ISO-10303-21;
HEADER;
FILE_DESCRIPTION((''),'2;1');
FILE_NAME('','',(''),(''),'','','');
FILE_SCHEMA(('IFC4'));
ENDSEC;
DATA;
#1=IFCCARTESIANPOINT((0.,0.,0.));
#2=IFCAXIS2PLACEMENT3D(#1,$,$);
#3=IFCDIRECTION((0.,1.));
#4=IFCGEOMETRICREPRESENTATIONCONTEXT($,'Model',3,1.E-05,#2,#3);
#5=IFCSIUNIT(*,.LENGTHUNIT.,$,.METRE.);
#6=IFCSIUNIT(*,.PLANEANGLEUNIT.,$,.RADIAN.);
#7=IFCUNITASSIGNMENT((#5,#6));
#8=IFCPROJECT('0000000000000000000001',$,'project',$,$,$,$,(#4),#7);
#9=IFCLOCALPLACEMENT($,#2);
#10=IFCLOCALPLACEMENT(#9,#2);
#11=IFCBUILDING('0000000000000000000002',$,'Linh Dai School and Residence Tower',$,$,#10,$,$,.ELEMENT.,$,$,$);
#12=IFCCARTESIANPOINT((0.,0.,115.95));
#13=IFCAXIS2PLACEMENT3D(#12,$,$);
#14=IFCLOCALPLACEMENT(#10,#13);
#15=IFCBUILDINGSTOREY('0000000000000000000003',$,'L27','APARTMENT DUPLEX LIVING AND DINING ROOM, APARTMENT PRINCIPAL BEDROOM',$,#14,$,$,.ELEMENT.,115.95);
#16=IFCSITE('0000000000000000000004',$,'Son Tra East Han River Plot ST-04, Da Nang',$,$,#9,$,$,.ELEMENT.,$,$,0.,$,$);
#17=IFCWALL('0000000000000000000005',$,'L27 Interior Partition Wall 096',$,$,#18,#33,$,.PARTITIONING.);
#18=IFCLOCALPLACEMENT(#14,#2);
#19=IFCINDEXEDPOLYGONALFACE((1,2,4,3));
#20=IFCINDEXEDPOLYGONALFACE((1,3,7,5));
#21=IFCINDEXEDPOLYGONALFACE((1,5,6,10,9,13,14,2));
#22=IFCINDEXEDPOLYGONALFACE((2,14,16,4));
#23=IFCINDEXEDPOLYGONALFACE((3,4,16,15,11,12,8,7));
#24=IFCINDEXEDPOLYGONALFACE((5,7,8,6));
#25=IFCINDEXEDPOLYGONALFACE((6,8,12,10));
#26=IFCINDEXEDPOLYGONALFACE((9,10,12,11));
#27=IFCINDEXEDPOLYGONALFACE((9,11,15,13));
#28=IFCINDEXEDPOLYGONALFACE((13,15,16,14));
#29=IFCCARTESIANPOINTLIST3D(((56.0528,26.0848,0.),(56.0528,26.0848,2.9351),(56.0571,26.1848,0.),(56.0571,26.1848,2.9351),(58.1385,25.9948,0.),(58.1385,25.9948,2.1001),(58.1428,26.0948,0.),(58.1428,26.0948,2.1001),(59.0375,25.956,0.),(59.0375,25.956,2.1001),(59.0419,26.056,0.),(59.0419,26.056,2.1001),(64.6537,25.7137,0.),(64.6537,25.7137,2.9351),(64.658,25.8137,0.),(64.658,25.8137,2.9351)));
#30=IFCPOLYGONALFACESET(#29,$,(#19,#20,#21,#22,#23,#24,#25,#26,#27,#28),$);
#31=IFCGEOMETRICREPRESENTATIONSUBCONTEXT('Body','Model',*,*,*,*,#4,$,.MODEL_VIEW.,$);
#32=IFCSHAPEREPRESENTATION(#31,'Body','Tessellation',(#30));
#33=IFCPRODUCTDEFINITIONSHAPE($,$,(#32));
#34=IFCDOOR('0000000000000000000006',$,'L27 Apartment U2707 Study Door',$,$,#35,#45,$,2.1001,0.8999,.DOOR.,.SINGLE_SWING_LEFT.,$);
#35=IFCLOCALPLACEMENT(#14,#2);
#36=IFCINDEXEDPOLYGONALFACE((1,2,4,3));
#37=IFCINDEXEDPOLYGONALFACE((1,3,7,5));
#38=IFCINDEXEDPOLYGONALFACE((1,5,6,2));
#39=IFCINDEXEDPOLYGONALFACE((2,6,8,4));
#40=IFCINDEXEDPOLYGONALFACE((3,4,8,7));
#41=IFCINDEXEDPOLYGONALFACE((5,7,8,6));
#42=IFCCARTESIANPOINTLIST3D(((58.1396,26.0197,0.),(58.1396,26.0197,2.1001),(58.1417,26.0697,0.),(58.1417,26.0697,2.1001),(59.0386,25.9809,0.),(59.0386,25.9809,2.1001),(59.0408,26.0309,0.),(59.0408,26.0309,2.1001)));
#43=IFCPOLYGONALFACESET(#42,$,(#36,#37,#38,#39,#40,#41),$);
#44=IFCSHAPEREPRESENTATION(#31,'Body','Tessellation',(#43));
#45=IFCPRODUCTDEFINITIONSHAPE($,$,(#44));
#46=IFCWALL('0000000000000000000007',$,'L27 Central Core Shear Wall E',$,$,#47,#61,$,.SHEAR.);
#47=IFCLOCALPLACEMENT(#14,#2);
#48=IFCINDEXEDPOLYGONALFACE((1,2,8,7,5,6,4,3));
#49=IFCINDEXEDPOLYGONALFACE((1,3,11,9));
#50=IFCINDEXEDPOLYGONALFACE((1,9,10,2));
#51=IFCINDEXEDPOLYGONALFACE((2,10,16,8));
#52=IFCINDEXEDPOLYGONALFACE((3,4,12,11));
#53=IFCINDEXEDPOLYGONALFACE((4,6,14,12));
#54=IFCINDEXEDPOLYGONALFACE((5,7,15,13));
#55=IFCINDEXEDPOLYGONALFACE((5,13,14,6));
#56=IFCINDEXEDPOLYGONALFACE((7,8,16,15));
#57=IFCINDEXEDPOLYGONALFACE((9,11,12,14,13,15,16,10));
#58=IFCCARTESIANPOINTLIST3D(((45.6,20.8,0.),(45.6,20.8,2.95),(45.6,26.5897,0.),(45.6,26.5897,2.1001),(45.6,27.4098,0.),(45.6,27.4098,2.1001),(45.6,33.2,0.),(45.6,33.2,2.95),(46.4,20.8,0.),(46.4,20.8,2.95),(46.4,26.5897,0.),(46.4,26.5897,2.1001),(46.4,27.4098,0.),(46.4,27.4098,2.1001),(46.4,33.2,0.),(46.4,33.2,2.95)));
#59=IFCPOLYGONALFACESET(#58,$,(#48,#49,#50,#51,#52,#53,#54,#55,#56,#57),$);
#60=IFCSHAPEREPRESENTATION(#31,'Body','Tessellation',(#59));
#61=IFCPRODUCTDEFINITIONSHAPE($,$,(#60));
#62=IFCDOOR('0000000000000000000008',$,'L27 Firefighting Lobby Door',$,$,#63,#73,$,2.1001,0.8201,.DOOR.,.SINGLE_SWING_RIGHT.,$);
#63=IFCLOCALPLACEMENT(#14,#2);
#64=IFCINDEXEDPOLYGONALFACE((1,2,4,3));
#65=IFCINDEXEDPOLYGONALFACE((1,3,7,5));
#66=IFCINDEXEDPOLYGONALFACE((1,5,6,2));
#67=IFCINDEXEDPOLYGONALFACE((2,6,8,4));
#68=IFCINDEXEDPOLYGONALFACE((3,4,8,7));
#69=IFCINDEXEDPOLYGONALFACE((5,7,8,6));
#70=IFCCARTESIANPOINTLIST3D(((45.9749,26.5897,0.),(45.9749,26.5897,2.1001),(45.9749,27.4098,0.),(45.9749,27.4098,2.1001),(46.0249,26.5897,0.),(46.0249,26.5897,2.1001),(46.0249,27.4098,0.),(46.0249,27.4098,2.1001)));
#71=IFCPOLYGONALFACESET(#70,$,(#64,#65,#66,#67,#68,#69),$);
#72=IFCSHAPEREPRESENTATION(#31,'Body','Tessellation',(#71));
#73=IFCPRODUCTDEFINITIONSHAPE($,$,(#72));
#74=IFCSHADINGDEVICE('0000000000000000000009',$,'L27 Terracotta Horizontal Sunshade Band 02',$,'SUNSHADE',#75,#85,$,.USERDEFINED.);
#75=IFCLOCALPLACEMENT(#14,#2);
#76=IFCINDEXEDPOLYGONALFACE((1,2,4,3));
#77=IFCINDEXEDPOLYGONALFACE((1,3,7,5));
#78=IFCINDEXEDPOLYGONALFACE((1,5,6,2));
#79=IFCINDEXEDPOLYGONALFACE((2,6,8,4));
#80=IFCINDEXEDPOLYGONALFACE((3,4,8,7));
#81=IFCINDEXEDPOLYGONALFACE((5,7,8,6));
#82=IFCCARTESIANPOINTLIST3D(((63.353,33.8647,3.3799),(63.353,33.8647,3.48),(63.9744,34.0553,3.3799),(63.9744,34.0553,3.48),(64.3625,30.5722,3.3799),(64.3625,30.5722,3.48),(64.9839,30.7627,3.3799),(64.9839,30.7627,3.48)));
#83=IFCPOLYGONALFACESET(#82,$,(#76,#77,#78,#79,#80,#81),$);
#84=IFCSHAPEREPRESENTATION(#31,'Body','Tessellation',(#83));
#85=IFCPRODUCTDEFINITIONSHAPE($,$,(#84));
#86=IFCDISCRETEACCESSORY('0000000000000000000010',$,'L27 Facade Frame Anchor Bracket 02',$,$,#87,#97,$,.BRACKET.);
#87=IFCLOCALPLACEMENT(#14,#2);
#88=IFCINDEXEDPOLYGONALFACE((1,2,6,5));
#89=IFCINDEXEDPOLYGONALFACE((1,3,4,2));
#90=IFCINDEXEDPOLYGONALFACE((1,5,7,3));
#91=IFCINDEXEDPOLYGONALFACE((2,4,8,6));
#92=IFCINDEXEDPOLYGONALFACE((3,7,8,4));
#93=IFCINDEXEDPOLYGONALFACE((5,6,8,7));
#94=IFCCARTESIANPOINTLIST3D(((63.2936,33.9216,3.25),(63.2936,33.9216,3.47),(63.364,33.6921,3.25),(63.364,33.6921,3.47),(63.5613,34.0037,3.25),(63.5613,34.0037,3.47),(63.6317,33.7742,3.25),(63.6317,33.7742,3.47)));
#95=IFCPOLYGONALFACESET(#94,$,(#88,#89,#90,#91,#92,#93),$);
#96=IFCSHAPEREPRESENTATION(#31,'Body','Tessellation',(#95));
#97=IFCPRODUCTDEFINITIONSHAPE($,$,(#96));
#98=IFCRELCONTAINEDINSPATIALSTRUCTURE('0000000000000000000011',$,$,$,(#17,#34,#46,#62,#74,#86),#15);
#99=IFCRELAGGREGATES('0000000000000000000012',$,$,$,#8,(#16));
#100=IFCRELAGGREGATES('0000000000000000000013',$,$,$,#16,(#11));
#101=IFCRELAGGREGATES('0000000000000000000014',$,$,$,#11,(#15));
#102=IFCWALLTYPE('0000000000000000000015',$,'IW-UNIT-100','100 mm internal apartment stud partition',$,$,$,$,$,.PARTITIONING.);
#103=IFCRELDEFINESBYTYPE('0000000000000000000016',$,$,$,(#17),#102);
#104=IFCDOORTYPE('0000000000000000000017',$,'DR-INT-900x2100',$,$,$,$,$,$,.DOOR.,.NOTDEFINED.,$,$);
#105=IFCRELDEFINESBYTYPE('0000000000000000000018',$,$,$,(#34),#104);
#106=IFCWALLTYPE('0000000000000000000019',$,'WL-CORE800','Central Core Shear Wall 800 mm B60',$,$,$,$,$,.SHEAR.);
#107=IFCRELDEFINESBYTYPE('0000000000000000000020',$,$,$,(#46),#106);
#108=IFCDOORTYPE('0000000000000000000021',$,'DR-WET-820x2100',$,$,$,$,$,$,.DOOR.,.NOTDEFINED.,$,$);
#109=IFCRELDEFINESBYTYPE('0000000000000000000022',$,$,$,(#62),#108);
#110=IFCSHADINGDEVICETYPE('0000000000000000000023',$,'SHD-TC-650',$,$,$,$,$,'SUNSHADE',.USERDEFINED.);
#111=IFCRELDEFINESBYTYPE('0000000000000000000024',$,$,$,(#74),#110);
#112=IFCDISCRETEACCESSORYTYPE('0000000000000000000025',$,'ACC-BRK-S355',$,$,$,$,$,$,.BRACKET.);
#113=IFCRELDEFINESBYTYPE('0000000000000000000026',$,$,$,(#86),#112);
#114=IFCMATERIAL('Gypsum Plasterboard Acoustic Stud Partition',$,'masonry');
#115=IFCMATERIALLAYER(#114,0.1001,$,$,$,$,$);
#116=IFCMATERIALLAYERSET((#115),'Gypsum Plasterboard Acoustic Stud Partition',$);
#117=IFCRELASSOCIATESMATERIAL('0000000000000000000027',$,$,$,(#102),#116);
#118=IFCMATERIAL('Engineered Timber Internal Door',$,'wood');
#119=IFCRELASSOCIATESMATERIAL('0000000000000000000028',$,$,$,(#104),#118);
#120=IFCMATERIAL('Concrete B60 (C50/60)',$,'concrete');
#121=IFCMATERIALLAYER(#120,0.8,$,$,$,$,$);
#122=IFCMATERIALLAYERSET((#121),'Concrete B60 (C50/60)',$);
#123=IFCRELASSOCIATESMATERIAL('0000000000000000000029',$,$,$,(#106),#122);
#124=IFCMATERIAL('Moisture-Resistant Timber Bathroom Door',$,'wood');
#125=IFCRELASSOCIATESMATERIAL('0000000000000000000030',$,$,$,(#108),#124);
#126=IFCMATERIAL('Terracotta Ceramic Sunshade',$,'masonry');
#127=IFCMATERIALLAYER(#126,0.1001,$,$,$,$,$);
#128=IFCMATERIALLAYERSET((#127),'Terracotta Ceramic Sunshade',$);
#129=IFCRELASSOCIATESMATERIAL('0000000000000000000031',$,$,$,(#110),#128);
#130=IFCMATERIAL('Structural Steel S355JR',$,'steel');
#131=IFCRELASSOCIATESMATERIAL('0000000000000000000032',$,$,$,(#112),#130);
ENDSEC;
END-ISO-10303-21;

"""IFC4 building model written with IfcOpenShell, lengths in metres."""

from ifc_helpers import new_model, si_unit, direction, frame, frame_2d, origin, origin_2d, place, context, subcontext, project, spatial, rectangle, extrude, source, transform, mapped, material, layer, layer_set, type_object, element, fill, save


model = new_model("IFC4")

# Units and contexts
model_context = context("Model", 3, precision=1e-05, world=origin(), true_north=direction((0.0, 1.0)))
body_context = subcontext(model_context, "Body", "Model", "MODEL_VIEW")
ifc_project = project(units=[si_unit("LENGTHUNIT", "METRE"), si_unit("PLANEANGLEUNIT", "RADIAN")], contexts=[model_context])

# Site, building, storey
site_placement = place(None, origin())
site = spatial("IfcSite", under=ifc_project, at=site_placement, Name="Son Tra East Han River Plot ST-04, Da Nang", CompositionType="ELEMENT", RefElevation=0.0)
building_placement = place(site_placement, origin())
building = spatial("IfcBuilding", under=site, at=building_placement, Name="Linh Dai School and Residence Tower", CompositionType="ELEMENT")
storey_placement = place(building_placement, frame((0.0, 0.0, 115.95)))
storey = spatial("IfcBuildingStorey", under=building, at=storey_placement, Name="L27", Description="APARTMENT DUPLEX LIVING AND DINING ROOM, APARTMENT PRINCIPAL BEDROOM", CompositionType="ELEMENT", Elevation=115.95)

# Shared definitions
ifc_material_1 = material(Name="Concrete B60 (C50/60)", Category="concrete")
ifc_material_2 = material(Name="Structural Steel S355JR", Category="steel")

# Walls, openings, doors
ifc_material_3 = material(Name="Gypsum Plasterboard Acoustic Stud Partition", Category="masonry")
ifc_layer_1 = layer(ifc_material_3, 0.1001)
ifc_layer_set_1 = layer_set([ifc_layer_1], Name="Gypsum Plasterboard Acoustic Stud Partition")
wall_type_1 = type_object("IfcWallType", Name="IW-UNIT-100", Description="100 mm internal apartment stud partition", PredefinedType="PARTITIONING", material=ifc_layer_set_1)
ifc_material_4 = material(Name="Engineered Timber Internal Door", Category="wood")
door_type_1 = type_object("IfcDoorType", Name="DR-INT-900x2100", OperationType="NOTDEFINED", PredefinedType="DOOR", material=ifc_material_4)
shared_shape_1 = source(origin(), body_context, "Body", "SweptSolid", [
    extrude(rectangle(XDim=0.8999, YDim=2.1001, at=origin_2d()), frame((0.45, 0.0249, 1.05), z_axis=(0.0, -1.0, 0.0), x_axis=(1.0, 0.0, 0.0)), (0.0, 0.0, 1.0), 0.05),
])
wall_1_placement = place(storey_placement, frame((56.0549, 26.1348, 0.0), z_axis=(0.0, 0.0, 1.0), x_axis=(0.99907, -0.043106, 0.0)))
wall_1 = element("IfcWall", 1, at=wall_1_placement, inside=storey, type_object=wall_type_1, Name="L27 Interior Partition Wall 096", PredefinedType="PARTITIONING", context=body_context, shape_type="SweptSolid", body=[
    extrude(rectangle(XDim=8.6089, YDim=0.1001, at=frame_2d((4.3044, 0.0))), origin(), (0.0, 0.0, 1.0), 2.9351),
])
opening_1_placement = place(wall_1_placement, frame((2.0876, 0.0, 0.0)))
opening_1 = element("IfcOpeningElement", 2, at=opening_1_placement, cuts=wall_1, PredefinedType="OPENING", context=body_context, shape_type="SweptSolid", body=[
    extrude(rectangle(XDim=0.8999, YDim=2.1001, at=origin_2d()), frame((0.45, 0.0601, 1.05), z_axis=(0.0, -1.0, 0.0), x_axis=(1.0, 0.0, 0.0)), (0.0, 0.0, 1.0), 0.1201),
])
door_1_placement = place(opening_1_placement, origin())
door_1 = element("IfcDoor", 3, at=door_1_placement, inside=storey, type_object=door_type_1, Name="L27 Apartment U2707 Study Door", OperationType="SINGLE_SWING_LEFT", OverallHeight=2.1001, OverallWidth=0.8999, PredefinedType="DOOR", context=body_context, shape_type="MappedRepresentation", body=[
    mapped(shared_shape_1, transform((0.0, 0.0, 0.0), x_axis=(1.0, 0.0, 0.0), y_axis=(0.0, 1.0, 0.0), z_axis=(0.0, 0.0, 1.0), scale=1.0)),
])
fill(opening_1, door_1)
ifc_layer_2 = layer(ifc_material_1, 0.8)
ifc_layer_set_2 = layer_set([ifc_layer_2], Name="Concrete B60 (C50/60)")
wall_type_2 = type_object("IfcWallType", Name="WL-CORE800", Description="Central Core Shear Wall 800 mm B60", PredefinedType="SHEAR", material=ifc_layer_set_2)
wall_2_placement = place(storey_placement, frame((46.0, 33.2, 0.0), z_axis=(0.0, 0.0, 1.0), x_axis=(0.0, -1.0, 0.0)))
wall_2 = element("IfcWall", 4, at=wall_2_placement, inside=storey, type_object=wall_type_2, Name="L27 Central Core Shear Wall E", PredefinedType="SHEAR", context=body_context, shape_type="SweptSolid", body=[
    extrude(rectangle(XDim=12.3999, YDim=0.8, at=frame_2d((6.2, 0.0))), origin(), (0.0, 0.0, 1.0), 2.95),
])
opening_2_placement = place(wall_2_placement, frame((5.79, 0.0, 0.0)))
opening_2 = element("IfcOpeningElement", 5, at=opening_2_placement, cuts=wall_2, PredefinedType="OPENING", context=body_context, shape_type="SweptSolid", body=[
    extrude(rectangle(XDim=0.8201, YDim=2.1001, at=origin_2d()), frame((0.4102, 0.4102, 1.05), z_axis=(0.0, -1.0, 0.0), x_axis=(1.0, 0.0, 0.0)), (0.0, 0.0, 1.0), 0.8201),
])
ifc_material_5 = material(Name="Moisture-Resistant Timber Bathroom Door", Category="wood")
door_type_2 = type_object("IfcDoorType", Name="DR-WET-820x2100", OperationType="NOTDEFINED", PredefinedType="DOOR", material=ifc_material_5)
shared_shape_2 = source(origin(), body_context, "Body", "SweptSolid", [
    extrude(rectangle(XDim=0.8201, YDim=2.1001, at=origin_2d()), frame((0.4102, 0.0249, 1.05), z_axis=(0.0, -1.0, 0.0), x_axis=(1.0, 0.0, 0.0)), (0.0, 0.0, 1.0), 0.05),
])
door_2_placement = place(opening_2_placement, origin())
door_2 = element("IfcDoor", 6, at=door_2_placement, inside=storey, type_object=door_type_2, Name="L27 Firefighting Lobby Door", OperationType="SINGLE_SWING_RIGHT", OverallHeight=2.1001, OverallWidth=0.8201, PredefinedType="DOOR", context=body_context, shape_type="MappedRepresentation", body=[
    mapped(shared_shape_2, transform((0.0, 0.0, 0.0), x_axis=(1.0, 0.0, 0.0), y_axis=(0.0, 1.0, 0.0), z_axis=(0.0, 0.0, 1.0), scale=1.0)),
])
fill(opening_2, door_2)

# Shading device
ifc_material_6 = material(Name="Terracotta Ceramic Sunshade", Category="masonry")
ifc_layer_3 = layer(ifc_material_6, 0.1001)
ifc_layer_set_3 = layer_set([ifc_layer_3], Name="Terracotta Ceramic Sunshade")
shading_device_type = type_object("IfcShadingDeviceType", Name="SHD-TC-650", ElementType="SUNSHADE", PredefinedType="USERDEFINED", material=ifc_layer_set_3)
shared_shape_3 = source(origin(), body_context, "Body", "SweptSolid", [
    extrude(rectangle(XDim=3.4438, YDim=0.6499, at=origin_2d()), origin(), (0.0, 0.0, 1.0), 0.1001),
])
shading_device_placement = place(storey_placement, frame((64.1685, 32.3137, 3.3799), z_axis=(0.0, 0.0, 1.0), x_axis=(0.293134, -0.956072, 0.0)))
element("IfcShadingDevice", 7, at=shading_device_placement, inside=storey, type_object=shading_device_type, Name="L27 Terracotta Horizontal Sunshade Band 02", ObjectType="SUNSHADE", PredefinedType="USERDEFINED", context=body_context, shape_type="MappedRepresentation", body=[
    mapped(shared_shape_3, transform((0.0, 0.0, 0.0), x_axis=(1.0, 0.0, 0.0), y_axis=(0.0, 1.0, 0.0), z_axis=(0.0, 0.0, 1.0), scale=1.0)),
])

# Discrete accessory
discrete_accessory_type = type_object("IfcDiscreteAccessoryType", Name="ACC-BRK-S355", PredefinedType="BRACKET", material=ifc_material_2)
shared_shape_4 = source(origin(), body_context, "Body", "SweptSolid", [
    extrude(rectangle(XDim=0.28, YDim=0.24, at=origin_2d()), origin(), (0.0, 0.0, 1.0), 0.22),
])
discrete_accessory_placement = place(storey_placement, frame((63.4626, 33.8479, 3.25), z_axis=(0.0, 0.0, 1.0), x_axis=(0.956072, 0.293134, 0.0)))
element("IfcDiscreteAccessory", 8, at=discrete_accessory_placement, inside=storey, type_object=discrete_accessory_type, Name="L27 Facade Frame Anchor Bracket 02", PredefinedType="BRACKET", context=body_context, shape_type="MappedRepresentation", body=[
    mapped(shared_shape_4, transform((0.0, 0.0, 0.0), x_axis=(1.0, 0.0, 0.0), y_axis=(0.0, 1.0, 0.0), z_axis=(0.0, 0.0, 1.0), scale=1.0)),
])

save(model, "model.ifc")
